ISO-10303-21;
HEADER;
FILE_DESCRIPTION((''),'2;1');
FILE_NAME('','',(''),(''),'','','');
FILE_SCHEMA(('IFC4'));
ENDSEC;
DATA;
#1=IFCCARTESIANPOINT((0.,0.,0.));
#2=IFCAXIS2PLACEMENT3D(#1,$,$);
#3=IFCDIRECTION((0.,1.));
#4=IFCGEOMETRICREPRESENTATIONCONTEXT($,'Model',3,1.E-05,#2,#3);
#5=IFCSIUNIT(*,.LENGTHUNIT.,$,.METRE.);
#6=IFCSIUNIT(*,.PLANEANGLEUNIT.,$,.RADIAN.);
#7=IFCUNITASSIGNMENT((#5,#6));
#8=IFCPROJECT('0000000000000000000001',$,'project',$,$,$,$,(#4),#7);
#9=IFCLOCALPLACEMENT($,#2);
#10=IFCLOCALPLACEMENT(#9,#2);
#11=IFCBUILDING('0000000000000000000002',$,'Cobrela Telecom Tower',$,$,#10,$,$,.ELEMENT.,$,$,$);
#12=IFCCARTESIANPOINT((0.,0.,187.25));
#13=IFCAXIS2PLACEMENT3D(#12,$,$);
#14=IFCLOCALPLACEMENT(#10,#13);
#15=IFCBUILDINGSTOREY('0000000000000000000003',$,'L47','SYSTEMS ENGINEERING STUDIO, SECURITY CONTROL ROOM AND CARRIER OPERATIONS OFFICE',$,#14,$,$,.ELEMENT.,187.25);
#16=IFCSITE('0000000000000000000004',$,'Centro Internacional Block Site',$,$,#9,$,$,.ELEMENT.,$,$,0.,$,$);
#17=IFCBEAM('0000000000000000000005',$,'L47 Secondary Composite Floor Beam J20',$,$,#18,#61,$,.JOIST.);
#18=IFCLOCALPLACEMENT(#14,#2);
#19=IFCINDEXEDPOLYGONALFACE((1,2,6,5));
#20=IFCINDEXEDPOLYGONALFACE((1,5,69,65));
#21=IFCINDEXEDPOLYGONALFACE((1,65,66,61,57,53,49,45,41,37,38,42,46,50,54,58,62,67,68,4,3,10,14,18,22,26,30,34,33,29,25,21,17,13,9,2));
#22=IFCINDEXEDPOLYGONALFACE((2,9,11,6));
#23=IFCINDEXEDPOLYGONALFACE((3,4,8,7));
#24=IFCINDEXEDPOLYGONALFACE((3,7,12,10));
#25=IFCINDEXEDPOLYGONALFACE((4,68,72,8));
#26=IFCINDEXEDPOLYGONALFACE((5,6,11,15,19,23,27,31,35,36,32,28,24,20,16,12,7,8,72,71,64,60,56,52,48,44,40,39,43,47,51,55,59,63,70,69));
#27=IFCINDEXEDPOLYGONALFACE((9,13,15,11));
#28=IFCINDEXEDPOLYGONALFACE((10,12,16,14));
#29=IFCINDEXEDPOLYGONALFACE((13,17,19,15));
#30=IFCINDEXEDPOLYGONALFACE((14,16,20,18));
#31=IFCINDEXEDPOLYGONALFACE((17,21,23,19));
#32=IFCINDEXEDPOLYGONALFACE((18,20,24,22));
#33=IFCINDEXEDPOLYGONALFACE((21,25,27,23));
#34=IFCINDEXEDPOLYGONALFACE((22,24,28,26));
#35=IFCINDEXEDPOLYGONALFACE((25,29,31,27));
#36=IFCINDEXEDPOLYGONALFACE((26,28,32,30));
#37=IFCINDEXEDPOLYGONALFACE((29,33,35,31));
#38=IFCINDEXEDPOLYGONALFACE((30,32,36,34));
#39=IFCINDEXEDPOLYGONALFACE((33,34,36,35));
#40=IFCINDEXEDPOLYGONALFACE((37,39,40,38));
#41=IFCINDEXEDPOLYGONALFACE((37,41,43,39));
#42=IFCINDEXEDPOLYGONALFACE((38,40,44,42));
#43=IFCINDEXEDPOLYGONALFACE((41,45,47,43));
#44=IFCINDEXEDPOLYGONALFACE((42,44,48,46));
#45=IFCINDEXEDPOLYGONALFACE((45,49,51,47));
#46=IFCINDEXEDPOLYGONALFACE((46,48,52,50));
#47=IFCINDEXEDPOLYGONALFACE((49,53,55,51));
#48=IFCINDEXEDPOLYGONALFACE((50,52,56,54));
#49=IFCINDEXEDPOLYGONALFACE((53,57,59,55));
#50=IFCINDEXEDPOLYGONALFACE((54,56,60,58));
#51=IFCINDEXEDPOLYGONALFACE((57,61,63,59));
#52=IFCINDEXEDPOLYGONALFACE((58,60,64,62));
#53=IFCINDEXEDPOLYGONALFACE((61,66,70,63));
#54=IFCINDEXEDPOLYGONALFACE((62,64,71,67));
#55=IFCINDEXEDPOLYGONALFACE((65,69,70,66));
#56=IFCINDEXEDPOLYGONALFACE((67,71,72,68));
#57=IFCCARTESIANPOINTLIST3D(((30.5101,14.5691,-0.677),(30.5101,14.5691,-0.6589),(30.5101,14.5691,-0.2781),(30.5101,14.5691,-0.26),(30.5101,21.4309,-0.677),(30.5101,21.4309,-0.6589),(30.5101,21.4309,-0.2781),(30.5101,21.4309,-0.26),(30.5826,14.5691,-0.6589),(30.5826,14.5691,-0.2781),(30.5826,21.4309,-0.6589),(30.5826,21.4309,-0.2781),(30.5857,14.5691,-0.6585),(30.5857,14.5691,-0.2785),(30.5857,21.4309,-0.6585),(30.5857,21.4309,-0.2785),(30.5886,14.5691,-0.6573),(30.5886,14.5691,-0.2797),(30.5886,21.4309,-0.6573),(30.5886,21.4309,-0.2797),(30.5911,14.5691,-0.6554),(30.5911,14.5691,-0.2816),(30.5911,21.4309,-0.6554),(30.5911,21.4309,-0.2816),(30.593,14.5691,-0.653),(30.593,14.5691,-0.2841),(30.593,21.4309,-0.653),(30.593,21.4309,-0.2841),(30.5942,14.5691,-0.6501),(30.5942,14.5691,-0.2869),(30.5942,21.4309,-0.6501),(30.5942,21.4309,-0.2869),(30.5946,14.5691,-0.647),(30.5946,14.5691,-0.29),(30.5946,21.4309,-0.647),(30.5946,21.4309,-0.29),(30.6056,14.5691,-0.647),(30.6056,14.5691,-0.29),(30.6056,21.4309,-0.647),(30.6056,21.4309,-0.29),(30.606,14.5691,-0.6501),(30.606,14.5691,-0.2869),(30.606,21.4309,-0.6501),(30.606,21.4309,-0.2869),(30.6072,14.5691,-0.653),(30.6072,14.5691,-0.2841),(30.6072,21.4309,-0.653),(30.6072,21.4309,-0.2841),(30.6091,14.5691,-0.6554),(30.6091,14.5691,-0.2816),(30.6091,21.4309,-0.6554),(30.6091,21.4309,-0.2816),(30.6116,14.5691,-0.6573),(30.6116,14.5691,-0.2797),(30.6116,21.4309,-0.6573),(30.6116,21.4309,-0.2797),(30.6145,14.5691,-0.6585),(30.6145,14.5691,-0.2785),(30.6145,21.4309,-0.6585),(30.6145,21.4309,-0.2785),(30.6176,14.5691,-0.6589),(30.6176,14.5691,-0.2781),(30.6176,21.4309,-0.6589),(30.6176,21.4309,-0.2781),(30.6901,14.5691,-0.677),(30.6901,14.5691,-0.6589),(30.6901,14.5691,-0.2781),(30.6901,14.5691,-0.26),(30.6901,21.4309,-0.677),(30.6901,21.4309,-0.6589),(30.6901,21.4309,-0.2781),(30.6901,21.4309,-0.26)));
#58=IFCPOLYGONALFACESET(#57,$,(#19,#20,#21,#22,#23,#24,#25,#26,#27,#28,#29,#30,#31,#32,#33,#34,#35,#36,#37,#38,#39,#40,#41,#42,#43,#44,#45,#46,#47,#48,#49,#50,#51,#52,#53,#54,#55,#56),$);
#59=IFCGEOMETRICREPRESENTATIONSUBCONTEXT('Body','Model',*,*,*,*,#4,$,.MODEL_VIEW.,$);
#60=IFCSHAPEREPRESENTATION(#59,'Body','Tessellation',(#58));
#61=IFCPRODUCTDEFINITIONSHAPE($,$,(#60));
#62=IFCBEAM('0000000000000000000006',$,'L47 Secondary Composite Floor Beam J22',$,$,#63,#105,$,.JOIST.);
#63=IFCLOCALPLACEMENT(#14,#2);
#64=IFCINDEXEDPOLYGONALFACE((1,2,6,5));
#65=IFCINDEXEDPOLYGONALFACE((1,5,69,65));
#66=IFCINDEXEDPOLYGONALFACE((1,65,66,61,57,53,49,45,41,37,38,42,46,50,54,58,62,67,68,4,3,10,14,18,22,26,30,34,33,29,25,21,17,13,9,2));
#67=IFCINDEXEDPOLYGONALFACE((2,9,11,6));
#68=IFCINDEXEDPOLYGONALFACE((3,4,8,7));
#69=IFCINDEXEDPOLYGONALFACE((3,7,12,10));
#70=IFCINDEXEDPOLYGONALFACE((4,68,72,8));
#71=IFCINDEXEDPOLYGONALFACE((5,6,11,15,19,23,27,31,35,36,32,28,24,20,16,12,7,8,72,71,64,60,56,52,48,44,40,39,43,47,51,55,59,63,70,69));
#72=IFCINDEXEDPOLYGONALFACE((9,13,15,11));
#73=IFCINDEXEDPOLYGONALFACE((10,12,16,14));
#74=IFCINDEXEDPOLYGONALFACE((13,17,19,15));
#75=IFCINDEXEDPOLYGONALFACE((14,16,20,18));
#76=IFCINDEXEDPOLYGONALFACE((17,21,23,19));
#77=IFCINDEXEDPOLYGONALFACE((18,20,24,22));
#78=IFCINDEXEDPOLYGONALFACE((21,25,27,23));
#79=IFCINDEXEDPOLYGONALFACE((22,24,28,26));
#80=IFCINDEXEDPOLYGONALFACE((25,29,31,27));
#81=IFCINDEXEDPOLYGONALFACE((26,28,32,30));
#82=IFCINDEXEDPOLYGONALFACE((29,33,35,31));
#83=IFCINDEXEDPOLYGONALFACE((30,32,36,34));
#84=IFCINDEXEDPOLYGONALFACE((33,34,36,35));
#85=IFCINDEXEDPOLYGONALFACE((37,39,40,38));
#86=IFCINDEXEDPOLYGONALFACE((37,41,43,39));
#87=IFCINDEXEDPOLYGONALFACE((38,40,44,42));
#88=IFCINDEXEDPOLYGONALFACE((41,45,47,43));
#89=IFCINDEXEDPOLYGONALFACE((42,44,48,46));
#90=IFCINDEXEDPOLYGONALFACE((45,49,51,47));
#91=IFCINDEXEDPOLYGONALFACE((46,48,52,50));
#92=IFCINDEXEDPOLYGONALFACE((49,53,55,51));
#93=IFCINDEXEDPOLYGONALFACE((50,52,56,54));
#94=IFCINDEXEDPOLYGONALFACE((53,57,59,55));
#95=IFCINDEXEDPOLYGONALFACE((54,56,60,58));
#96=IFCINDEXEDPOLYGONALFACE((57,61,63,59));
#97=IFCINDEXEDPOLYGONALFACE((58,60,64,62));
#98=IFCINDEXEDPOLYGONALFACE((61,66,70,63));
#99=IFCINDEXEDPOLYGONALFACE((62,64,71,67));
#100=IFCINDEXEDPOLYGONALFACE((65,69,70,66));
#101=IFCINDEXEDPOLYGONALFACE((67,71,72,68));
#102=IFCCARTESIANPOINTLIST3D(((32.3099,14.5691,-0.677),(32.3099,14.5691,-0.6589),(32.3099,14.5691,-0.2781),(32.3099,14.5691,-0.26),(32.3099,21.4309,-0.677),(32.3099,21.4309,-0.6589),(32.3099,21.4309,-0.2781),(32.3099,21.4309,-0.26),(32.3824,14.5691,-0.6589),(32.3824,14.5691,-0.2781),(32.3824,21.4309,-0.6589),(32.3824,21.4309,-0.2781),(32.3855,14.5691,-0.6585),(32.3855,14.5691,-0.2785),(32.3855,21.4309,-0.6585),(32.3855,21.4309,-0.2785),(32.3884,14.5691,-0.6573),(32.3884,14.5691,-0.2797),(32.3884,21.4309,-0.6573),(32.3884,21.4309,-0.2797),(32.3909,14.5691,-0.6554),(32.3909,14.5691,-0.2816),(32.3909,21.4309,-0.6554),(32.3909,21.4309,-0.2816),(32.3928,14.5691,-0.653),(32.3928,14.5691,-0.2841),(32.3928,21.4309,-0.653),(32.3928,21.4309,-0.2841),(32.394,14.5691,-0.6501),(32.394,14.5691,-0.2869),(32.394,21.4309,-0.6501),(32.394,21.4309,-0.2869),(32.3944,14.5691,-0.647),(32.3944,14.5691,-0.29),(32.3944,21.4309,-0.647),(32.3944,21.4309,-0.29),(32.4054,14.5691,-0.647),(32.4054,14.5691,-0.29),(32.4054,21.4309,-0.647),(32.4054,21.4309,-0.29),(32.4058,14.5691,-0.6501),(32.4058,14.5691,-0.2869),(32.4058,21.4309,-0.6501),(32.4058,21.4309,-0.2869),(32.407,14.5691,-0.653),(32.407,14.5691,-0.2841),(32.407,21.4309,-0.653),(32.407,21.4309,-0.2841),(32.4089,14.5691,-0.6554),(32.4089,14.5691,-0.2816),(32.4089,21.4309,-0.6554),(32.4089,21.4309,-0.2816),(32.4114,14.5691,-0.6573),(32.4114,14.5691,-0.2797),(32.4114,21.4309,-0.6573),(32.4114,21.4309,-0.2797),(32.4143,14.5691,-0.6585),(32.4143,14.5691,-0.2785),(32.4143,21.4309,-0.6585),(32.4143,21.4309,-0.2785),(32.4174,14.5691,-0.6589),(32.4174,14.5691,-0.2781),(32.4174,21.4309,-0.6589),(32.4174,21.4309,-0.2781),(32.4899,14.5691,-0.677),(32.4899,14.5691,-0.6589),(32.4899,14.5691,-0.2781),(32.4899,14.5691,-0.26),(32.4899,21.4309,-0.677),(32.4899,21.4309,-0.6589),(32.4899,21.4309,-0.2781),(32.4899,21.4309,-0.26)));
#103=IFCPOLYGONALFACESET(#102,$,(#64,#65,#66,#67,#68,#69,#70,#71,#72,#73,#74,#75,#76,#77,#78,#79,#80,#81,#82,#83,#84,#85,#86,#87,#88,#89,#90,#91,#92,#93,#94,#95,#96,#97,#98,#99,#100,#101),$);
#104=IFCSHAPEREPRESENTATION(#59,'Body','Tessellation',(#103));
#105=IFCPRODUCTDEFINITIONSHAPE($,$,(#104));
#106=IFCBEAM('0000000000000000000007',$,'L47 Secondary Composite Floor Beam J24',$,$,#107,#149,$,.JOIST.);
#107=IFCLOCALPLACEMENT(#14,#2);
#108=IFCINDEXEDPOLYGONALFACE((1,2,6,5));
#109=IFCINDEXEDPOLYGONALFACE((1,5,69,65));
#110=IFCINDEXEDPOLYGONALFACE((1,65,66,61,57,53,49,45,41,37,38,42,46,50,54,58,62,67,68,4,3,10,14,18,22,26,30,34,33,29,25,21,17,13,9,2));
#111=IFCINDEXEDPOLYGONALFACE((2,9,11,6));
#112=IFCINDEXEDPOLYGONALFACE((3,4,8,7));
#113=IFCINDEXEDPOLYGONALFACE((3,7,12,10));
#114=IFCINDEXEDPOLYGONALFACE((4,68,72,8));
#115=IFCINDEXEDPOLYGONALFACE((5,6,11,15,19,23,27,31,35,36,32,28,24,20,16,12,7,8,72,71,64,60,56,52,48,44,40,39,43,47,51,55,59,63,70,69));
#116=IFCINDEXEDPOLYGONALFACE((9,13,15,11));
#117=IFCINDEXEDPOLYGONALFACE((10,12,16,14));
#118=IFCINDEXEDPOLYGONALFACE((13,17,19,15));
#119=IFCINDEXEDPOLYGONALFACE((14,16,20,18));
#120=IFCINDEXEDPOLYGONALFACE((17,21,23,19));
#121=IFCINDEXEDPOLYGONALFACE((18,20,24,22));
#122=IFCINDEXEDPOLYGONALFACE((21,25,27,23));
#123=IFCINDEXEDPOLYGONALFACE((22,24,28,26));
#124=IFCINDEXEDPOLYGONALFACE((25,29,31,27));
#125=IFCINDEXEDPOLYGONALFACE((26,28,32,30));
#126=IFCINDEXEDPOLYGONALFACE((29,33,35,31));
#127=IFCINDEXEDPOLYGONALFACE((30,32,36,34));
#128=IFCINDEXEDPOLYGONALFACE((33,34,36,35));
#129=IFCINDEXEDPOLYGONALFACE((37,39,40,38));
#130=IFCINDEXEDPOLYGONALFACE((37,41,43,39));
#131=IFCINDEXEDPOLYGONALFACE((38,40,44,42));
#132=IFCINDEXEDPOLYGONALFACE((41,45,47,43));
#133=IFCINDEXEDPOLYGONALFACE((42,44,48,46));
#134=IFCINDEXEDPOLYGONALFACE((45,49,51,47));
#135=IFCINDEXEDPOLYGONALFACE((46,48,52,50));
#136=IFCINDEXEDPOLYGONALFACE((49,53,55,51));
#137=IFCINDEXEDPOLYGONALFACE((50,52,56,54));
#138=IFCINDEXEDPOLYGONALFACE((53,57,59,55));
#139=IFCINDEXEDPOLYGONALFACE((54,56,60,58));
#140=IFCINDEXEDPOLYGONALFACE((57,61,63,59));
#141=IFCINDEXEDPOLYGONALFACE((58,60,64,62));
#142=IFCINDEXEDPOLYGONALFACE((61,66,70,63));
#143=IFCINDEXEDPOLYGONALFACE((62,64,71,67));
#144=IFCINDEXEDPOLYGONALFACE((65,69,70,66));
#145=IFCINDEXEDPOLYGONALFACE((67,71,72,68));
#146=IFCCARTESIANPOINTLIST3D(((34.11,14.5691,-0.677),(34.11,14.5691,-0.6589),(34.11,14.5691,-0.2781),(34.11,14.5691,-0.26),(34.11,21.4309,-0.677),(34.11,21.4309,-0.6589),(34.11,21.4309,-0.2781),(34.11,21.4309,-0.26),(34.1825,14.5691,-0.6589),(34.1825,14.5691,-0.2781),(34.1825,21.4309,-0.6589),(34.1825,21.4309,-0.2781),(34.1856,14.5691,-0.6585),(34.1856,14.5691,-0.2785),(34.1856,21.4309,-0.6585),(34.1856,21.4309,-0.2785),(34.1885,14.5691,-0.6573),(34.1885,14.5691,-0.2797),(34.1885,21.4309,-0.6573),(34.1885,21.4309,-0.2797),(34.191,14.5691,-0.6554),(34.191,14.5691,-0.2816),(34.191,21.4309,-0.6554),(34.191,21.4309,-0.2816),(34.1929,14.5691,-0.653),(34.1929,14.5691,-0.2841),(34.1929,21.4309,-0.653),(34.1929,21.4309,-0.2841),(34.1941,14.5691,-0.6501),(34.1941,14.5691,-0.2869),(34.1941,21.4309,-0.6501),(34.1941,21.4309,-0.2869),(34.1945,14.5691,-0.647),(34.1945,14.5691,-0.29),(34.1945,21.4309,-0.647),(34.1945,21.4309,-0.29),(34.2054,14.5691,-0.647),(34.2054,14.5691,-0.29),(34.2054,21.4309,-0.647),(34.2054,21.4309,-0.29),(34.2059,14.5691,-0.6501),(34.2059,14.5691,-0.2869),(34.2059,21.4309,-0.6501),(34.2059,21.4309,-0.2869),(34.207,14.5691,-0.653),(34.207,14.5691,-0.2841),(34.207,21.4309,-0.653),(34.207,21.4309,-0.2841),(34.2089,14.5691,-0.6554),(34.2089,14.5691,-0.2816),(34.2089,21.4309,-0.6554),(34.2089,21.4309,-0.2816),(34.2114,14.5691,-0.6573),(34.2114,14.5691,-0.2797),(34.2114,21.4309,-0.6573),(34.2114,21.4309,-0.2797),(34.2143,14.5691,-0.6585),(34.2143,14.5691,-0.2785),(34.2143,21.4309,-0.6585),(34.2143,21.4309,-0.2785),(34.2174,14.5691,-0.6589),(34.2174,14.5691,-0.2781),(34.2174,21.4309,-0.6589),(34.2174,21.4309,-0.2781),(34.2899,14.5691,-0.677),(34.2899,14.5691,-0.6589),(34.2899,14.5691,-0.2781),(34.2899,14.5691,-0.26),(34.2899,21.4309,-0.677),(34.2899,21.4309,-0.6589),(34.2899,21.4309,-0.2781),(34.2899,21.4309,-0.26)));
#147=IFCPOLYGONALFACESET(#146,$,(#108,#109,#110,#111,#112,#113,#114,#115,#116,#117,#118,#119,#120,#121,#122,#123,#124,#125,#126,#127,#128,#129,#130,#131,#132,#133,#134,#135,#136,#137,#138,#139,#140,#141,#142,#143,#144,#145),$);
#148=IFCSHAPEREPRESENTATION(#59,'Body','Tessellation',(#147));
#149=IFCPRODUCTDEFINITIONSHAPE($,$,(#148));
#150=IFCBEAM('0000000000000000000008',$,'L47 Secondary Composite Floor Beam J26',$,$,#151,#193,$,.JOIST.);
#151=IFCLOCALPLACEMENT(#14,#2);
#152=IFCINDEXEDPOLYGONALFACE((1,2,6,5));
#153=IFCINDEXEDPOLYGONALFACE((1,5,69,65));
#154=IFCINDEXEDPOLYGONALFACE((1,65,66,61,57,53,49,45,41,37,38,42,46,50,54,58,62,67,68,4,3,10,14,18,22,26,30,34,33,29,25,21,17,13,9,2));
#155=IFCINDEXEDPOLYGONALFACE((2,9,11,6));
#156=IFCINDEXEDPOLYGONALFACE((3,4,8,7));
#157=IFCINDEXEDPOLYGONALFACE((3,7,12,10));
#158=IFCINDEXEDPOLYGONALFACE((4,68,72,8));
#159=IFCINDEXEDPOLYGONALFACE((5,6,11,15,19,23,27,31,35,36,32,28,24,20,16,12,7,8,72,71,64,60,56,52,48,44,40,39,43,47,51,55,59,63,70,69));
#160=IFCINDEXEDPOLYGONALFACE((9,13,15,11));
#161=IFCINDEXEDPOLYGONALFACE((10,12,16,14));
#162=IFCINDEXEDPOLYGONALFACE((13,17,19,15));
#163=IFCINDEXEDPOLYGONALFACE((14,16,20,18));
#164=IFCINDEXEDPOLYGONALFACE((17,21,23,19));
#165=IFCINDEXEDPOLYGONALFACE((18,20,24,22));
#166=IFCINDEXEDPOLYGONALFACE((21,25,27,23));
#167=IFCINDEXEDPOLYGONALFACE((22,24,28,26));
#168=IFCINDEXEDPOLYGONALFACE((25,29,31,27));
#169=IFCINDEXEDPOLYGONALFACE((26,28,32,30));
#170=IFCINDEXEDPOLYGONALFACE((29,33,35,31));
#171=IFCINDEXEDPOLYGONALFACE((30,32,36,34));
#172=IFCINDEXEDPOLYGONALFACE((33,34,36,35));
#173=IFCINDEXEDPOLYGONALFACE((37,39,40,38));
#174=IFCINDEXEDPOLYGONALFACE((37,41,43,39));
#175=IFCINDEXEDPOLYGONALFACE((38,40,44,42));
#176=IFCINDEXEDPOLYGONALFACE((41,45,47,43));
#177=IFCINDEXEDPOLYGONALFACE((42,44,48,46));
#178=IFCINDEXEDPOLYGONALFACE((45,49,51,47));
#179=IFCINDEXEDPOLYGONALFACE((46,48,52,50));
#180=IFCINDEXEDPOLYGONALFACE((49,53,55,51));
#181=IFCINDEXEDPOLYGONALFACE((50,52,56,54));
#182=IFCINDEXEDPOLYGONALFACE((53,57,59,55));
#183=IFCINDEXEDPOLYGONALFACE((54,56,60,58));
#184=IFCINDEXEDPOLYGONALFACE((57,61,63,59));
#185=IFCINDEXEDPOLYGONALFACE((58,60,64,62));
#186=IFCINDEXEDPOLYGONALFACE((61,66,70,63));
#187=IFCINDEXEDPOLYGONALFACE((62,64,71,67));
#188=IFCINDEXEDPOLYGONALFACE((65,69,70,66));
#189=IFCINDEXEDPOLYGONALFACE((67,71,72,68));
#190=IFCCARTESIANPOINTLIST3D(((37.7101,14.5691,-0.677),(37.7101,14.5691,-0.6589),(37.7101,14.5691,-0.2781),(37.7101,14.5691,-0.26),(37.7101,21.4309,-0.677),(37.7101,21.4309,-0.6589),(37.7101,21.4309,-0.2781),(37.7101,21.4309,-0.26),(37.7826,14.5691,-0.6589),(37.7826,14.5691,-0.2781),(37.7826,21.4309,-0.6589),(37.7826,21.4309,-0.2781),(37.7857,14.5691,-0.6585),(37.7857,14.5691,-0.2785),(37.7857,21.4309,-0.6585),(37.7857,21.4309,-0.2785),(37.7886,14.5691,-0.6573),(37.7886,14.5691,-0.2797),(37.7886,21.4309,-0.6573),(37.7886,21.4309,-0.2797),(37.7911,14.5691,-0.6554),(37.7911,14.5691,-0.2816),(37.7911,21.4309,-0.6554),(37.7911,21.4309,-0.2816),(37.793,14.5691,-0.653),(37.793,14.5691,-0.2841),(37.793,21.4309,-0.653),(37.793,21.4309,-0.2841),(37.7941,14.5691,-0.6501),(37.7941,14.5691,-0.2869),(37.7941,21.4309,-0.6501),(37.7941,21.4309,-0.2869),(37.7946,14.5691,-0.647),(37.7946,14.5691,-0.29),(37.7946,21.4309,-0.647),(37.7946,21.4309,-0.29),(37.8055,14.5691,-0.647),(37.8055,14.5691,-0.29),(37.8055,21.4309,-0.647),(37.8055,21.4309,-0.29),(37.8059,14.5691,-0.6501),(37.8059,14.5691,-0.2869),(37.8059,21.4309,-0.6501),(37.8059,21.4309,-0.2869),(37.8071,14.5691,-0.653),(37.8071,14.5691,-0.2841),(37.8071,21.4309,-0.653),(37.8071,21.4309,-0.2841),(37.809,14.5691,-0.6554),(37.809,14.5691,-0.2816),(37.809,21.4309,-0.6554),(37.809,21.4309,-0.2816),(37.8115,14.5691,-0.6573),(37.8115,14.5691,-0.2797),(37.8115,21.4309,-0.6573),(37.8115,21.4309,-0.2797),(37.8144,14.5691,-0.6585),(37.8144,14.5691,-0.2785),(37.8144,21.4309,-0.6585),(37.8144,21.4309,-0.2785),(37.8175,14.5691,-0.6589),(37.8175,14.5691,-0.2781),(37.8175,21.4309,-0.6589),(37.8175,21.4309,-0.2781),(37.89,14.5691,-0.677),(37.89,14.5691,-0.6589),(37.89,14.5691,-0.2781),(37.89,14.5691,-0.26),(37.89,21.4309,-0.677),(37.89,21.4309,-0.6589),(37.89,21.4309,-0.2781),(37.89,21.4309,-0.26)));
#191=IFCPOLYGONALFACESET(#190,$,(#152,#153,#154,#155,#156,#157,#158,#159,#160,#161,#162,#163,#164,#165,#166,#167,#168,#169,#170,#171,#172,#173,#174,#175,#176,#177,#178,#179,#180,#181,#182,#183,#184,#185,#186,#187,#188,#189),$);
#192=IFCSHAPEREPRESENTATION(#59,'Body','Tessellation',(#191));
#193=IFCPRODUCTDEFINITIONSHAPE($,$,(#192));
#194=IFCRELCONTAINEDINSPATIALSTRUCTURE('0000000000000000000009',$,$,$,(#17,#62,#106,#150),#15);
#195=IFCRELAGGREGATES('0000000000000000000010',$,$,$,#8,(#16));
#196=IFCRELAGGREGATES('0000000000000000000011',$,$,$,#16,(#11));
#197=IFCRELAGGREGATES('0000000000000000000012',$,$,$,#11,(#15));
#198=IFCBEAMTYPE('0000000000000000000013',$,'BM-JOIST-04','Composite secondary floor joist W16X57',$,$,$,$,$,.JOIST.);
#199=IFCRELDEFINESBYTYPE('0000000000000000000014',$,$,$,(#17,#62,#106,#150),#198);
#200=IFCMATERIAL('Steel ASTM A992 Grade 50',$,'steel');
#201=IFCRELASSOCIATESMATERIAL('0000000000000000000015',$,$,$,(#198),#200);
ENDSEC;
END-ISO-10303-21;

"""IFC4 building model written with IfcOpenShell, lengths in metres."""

from ifc_helpers import new_model, si_unit, direction, frame, origin, origin_2d, place, context, subcontext, project, spatial, i_section, extrude, material, material_profile, profile_set, type_object, element, save


model = new_model("IFC4")

# Units and contexts
model_context = context("Model", 3, precision=1e-05, world=origin(), true_north=direction((0.0, 1.0)))
body_context = subcontext(model_context, "Body", "Model", "MODEL_VIEW")
ifc_project = project(units=[si_unit("LENGTHUNIT", "METRE"), si_unit("PLANEANGLEUNIT", "RADIAN")], contexts=[model_context])

# Site, building, storey
site_placement = place(None, origin())
site = spatial("IfcSite", under=ifc_project, at=site_placement, Name="Centro Internacional Block Site", CompositionType="ELEMENT", RefElevation=0.0)
building_placement = place(site_placement, origin())
building = spatial("IfcBuilding", under=site, at=building_placement, Name="Cobrela Telecom Tower", CompositionType="ELEMENT")
storey_placement = place(building_placement, frame((0.0, 0.0, 187.25)))
storey = spatial("IfcBuildingStorey", under=building, at=storey_placement, Name="L47", Description="SYSTEMS ENGINEERING STUDIO, SECURITY CONTROL ROOM AND CARRIER OPERATIONS OFFICE", CompositionType="ELEMENT", Elevation=187.25)

# Shared definitions
ifc_material_1 = material(Name="Steel ASTM A992 Grade 50", Category="steel")

# Beams
ifc_material_profile_1 = material_profile(ifc_material_1, i_section(OverallWidth=0.1799, OverallDepth=0.417, WebThickness=0.011, FlangeThickness=0.0181, FilletRadius=0.012, at=origin_2d()), Name="W16X57")
ifc_profile_set_1 = profile_set([ifc_material_profile_1], Name="Steel ASTM A992 Grade 50")
beam_type_1 = type_object("IfcBeamType", Name="BM-JOIST-04", Description="Composite secondary floor joist W16X57", PredefinedType="JOIST", material=ifc_profile_set_1)
for number, where, z_axis, x_axis, name in (
    (1, (30.6001, 14.5691, -0.4685), (0.0, 1.0, 0.0), (-1.0, 0.0, 0.0), "L47 Secondary Composite Floor Beam J20"),
    (2, (32.3999, 14.5691, -0.4685), (0.0, 1.0, 0.0), (-1.0, 0.0, 0.0), "L47 Secondary Composite Floor Beam J22"),
    (3, (34.2, 14.5691, -0.4685), (0.0, 1.0, 0.0), (-1.0, 0.0, 0.0), "L47 Secondary Composite Floor Beam J24"),
    (4, (37.8, 14.5691, -0.4685), (0.0, 1.0, 0.0), (-1.0, 0.0, 0.0), "L47 Secondary Composite Floor Beam J26"),
):
    element("IfcBeam", number, at=place(storey_placement, frame(where, z_axis=z_axis, x_axis=x_axis)), inside=storey, type_object=beam_type_1, Name=name, PredefinedType="JOIST", context=body_context, shape_type="SweptSolid", body=[
        extrude(i_section(OverallWidth=0.1799, OverallDepth=0.417, WebThickness=0.011, FlangeThickness=0.0181, FilletRadius=0.012, at=origin_2d()), origin(), (0.0, 0.0, 1.0), 6.8618),
    ])

save(model, "model.ifc")
